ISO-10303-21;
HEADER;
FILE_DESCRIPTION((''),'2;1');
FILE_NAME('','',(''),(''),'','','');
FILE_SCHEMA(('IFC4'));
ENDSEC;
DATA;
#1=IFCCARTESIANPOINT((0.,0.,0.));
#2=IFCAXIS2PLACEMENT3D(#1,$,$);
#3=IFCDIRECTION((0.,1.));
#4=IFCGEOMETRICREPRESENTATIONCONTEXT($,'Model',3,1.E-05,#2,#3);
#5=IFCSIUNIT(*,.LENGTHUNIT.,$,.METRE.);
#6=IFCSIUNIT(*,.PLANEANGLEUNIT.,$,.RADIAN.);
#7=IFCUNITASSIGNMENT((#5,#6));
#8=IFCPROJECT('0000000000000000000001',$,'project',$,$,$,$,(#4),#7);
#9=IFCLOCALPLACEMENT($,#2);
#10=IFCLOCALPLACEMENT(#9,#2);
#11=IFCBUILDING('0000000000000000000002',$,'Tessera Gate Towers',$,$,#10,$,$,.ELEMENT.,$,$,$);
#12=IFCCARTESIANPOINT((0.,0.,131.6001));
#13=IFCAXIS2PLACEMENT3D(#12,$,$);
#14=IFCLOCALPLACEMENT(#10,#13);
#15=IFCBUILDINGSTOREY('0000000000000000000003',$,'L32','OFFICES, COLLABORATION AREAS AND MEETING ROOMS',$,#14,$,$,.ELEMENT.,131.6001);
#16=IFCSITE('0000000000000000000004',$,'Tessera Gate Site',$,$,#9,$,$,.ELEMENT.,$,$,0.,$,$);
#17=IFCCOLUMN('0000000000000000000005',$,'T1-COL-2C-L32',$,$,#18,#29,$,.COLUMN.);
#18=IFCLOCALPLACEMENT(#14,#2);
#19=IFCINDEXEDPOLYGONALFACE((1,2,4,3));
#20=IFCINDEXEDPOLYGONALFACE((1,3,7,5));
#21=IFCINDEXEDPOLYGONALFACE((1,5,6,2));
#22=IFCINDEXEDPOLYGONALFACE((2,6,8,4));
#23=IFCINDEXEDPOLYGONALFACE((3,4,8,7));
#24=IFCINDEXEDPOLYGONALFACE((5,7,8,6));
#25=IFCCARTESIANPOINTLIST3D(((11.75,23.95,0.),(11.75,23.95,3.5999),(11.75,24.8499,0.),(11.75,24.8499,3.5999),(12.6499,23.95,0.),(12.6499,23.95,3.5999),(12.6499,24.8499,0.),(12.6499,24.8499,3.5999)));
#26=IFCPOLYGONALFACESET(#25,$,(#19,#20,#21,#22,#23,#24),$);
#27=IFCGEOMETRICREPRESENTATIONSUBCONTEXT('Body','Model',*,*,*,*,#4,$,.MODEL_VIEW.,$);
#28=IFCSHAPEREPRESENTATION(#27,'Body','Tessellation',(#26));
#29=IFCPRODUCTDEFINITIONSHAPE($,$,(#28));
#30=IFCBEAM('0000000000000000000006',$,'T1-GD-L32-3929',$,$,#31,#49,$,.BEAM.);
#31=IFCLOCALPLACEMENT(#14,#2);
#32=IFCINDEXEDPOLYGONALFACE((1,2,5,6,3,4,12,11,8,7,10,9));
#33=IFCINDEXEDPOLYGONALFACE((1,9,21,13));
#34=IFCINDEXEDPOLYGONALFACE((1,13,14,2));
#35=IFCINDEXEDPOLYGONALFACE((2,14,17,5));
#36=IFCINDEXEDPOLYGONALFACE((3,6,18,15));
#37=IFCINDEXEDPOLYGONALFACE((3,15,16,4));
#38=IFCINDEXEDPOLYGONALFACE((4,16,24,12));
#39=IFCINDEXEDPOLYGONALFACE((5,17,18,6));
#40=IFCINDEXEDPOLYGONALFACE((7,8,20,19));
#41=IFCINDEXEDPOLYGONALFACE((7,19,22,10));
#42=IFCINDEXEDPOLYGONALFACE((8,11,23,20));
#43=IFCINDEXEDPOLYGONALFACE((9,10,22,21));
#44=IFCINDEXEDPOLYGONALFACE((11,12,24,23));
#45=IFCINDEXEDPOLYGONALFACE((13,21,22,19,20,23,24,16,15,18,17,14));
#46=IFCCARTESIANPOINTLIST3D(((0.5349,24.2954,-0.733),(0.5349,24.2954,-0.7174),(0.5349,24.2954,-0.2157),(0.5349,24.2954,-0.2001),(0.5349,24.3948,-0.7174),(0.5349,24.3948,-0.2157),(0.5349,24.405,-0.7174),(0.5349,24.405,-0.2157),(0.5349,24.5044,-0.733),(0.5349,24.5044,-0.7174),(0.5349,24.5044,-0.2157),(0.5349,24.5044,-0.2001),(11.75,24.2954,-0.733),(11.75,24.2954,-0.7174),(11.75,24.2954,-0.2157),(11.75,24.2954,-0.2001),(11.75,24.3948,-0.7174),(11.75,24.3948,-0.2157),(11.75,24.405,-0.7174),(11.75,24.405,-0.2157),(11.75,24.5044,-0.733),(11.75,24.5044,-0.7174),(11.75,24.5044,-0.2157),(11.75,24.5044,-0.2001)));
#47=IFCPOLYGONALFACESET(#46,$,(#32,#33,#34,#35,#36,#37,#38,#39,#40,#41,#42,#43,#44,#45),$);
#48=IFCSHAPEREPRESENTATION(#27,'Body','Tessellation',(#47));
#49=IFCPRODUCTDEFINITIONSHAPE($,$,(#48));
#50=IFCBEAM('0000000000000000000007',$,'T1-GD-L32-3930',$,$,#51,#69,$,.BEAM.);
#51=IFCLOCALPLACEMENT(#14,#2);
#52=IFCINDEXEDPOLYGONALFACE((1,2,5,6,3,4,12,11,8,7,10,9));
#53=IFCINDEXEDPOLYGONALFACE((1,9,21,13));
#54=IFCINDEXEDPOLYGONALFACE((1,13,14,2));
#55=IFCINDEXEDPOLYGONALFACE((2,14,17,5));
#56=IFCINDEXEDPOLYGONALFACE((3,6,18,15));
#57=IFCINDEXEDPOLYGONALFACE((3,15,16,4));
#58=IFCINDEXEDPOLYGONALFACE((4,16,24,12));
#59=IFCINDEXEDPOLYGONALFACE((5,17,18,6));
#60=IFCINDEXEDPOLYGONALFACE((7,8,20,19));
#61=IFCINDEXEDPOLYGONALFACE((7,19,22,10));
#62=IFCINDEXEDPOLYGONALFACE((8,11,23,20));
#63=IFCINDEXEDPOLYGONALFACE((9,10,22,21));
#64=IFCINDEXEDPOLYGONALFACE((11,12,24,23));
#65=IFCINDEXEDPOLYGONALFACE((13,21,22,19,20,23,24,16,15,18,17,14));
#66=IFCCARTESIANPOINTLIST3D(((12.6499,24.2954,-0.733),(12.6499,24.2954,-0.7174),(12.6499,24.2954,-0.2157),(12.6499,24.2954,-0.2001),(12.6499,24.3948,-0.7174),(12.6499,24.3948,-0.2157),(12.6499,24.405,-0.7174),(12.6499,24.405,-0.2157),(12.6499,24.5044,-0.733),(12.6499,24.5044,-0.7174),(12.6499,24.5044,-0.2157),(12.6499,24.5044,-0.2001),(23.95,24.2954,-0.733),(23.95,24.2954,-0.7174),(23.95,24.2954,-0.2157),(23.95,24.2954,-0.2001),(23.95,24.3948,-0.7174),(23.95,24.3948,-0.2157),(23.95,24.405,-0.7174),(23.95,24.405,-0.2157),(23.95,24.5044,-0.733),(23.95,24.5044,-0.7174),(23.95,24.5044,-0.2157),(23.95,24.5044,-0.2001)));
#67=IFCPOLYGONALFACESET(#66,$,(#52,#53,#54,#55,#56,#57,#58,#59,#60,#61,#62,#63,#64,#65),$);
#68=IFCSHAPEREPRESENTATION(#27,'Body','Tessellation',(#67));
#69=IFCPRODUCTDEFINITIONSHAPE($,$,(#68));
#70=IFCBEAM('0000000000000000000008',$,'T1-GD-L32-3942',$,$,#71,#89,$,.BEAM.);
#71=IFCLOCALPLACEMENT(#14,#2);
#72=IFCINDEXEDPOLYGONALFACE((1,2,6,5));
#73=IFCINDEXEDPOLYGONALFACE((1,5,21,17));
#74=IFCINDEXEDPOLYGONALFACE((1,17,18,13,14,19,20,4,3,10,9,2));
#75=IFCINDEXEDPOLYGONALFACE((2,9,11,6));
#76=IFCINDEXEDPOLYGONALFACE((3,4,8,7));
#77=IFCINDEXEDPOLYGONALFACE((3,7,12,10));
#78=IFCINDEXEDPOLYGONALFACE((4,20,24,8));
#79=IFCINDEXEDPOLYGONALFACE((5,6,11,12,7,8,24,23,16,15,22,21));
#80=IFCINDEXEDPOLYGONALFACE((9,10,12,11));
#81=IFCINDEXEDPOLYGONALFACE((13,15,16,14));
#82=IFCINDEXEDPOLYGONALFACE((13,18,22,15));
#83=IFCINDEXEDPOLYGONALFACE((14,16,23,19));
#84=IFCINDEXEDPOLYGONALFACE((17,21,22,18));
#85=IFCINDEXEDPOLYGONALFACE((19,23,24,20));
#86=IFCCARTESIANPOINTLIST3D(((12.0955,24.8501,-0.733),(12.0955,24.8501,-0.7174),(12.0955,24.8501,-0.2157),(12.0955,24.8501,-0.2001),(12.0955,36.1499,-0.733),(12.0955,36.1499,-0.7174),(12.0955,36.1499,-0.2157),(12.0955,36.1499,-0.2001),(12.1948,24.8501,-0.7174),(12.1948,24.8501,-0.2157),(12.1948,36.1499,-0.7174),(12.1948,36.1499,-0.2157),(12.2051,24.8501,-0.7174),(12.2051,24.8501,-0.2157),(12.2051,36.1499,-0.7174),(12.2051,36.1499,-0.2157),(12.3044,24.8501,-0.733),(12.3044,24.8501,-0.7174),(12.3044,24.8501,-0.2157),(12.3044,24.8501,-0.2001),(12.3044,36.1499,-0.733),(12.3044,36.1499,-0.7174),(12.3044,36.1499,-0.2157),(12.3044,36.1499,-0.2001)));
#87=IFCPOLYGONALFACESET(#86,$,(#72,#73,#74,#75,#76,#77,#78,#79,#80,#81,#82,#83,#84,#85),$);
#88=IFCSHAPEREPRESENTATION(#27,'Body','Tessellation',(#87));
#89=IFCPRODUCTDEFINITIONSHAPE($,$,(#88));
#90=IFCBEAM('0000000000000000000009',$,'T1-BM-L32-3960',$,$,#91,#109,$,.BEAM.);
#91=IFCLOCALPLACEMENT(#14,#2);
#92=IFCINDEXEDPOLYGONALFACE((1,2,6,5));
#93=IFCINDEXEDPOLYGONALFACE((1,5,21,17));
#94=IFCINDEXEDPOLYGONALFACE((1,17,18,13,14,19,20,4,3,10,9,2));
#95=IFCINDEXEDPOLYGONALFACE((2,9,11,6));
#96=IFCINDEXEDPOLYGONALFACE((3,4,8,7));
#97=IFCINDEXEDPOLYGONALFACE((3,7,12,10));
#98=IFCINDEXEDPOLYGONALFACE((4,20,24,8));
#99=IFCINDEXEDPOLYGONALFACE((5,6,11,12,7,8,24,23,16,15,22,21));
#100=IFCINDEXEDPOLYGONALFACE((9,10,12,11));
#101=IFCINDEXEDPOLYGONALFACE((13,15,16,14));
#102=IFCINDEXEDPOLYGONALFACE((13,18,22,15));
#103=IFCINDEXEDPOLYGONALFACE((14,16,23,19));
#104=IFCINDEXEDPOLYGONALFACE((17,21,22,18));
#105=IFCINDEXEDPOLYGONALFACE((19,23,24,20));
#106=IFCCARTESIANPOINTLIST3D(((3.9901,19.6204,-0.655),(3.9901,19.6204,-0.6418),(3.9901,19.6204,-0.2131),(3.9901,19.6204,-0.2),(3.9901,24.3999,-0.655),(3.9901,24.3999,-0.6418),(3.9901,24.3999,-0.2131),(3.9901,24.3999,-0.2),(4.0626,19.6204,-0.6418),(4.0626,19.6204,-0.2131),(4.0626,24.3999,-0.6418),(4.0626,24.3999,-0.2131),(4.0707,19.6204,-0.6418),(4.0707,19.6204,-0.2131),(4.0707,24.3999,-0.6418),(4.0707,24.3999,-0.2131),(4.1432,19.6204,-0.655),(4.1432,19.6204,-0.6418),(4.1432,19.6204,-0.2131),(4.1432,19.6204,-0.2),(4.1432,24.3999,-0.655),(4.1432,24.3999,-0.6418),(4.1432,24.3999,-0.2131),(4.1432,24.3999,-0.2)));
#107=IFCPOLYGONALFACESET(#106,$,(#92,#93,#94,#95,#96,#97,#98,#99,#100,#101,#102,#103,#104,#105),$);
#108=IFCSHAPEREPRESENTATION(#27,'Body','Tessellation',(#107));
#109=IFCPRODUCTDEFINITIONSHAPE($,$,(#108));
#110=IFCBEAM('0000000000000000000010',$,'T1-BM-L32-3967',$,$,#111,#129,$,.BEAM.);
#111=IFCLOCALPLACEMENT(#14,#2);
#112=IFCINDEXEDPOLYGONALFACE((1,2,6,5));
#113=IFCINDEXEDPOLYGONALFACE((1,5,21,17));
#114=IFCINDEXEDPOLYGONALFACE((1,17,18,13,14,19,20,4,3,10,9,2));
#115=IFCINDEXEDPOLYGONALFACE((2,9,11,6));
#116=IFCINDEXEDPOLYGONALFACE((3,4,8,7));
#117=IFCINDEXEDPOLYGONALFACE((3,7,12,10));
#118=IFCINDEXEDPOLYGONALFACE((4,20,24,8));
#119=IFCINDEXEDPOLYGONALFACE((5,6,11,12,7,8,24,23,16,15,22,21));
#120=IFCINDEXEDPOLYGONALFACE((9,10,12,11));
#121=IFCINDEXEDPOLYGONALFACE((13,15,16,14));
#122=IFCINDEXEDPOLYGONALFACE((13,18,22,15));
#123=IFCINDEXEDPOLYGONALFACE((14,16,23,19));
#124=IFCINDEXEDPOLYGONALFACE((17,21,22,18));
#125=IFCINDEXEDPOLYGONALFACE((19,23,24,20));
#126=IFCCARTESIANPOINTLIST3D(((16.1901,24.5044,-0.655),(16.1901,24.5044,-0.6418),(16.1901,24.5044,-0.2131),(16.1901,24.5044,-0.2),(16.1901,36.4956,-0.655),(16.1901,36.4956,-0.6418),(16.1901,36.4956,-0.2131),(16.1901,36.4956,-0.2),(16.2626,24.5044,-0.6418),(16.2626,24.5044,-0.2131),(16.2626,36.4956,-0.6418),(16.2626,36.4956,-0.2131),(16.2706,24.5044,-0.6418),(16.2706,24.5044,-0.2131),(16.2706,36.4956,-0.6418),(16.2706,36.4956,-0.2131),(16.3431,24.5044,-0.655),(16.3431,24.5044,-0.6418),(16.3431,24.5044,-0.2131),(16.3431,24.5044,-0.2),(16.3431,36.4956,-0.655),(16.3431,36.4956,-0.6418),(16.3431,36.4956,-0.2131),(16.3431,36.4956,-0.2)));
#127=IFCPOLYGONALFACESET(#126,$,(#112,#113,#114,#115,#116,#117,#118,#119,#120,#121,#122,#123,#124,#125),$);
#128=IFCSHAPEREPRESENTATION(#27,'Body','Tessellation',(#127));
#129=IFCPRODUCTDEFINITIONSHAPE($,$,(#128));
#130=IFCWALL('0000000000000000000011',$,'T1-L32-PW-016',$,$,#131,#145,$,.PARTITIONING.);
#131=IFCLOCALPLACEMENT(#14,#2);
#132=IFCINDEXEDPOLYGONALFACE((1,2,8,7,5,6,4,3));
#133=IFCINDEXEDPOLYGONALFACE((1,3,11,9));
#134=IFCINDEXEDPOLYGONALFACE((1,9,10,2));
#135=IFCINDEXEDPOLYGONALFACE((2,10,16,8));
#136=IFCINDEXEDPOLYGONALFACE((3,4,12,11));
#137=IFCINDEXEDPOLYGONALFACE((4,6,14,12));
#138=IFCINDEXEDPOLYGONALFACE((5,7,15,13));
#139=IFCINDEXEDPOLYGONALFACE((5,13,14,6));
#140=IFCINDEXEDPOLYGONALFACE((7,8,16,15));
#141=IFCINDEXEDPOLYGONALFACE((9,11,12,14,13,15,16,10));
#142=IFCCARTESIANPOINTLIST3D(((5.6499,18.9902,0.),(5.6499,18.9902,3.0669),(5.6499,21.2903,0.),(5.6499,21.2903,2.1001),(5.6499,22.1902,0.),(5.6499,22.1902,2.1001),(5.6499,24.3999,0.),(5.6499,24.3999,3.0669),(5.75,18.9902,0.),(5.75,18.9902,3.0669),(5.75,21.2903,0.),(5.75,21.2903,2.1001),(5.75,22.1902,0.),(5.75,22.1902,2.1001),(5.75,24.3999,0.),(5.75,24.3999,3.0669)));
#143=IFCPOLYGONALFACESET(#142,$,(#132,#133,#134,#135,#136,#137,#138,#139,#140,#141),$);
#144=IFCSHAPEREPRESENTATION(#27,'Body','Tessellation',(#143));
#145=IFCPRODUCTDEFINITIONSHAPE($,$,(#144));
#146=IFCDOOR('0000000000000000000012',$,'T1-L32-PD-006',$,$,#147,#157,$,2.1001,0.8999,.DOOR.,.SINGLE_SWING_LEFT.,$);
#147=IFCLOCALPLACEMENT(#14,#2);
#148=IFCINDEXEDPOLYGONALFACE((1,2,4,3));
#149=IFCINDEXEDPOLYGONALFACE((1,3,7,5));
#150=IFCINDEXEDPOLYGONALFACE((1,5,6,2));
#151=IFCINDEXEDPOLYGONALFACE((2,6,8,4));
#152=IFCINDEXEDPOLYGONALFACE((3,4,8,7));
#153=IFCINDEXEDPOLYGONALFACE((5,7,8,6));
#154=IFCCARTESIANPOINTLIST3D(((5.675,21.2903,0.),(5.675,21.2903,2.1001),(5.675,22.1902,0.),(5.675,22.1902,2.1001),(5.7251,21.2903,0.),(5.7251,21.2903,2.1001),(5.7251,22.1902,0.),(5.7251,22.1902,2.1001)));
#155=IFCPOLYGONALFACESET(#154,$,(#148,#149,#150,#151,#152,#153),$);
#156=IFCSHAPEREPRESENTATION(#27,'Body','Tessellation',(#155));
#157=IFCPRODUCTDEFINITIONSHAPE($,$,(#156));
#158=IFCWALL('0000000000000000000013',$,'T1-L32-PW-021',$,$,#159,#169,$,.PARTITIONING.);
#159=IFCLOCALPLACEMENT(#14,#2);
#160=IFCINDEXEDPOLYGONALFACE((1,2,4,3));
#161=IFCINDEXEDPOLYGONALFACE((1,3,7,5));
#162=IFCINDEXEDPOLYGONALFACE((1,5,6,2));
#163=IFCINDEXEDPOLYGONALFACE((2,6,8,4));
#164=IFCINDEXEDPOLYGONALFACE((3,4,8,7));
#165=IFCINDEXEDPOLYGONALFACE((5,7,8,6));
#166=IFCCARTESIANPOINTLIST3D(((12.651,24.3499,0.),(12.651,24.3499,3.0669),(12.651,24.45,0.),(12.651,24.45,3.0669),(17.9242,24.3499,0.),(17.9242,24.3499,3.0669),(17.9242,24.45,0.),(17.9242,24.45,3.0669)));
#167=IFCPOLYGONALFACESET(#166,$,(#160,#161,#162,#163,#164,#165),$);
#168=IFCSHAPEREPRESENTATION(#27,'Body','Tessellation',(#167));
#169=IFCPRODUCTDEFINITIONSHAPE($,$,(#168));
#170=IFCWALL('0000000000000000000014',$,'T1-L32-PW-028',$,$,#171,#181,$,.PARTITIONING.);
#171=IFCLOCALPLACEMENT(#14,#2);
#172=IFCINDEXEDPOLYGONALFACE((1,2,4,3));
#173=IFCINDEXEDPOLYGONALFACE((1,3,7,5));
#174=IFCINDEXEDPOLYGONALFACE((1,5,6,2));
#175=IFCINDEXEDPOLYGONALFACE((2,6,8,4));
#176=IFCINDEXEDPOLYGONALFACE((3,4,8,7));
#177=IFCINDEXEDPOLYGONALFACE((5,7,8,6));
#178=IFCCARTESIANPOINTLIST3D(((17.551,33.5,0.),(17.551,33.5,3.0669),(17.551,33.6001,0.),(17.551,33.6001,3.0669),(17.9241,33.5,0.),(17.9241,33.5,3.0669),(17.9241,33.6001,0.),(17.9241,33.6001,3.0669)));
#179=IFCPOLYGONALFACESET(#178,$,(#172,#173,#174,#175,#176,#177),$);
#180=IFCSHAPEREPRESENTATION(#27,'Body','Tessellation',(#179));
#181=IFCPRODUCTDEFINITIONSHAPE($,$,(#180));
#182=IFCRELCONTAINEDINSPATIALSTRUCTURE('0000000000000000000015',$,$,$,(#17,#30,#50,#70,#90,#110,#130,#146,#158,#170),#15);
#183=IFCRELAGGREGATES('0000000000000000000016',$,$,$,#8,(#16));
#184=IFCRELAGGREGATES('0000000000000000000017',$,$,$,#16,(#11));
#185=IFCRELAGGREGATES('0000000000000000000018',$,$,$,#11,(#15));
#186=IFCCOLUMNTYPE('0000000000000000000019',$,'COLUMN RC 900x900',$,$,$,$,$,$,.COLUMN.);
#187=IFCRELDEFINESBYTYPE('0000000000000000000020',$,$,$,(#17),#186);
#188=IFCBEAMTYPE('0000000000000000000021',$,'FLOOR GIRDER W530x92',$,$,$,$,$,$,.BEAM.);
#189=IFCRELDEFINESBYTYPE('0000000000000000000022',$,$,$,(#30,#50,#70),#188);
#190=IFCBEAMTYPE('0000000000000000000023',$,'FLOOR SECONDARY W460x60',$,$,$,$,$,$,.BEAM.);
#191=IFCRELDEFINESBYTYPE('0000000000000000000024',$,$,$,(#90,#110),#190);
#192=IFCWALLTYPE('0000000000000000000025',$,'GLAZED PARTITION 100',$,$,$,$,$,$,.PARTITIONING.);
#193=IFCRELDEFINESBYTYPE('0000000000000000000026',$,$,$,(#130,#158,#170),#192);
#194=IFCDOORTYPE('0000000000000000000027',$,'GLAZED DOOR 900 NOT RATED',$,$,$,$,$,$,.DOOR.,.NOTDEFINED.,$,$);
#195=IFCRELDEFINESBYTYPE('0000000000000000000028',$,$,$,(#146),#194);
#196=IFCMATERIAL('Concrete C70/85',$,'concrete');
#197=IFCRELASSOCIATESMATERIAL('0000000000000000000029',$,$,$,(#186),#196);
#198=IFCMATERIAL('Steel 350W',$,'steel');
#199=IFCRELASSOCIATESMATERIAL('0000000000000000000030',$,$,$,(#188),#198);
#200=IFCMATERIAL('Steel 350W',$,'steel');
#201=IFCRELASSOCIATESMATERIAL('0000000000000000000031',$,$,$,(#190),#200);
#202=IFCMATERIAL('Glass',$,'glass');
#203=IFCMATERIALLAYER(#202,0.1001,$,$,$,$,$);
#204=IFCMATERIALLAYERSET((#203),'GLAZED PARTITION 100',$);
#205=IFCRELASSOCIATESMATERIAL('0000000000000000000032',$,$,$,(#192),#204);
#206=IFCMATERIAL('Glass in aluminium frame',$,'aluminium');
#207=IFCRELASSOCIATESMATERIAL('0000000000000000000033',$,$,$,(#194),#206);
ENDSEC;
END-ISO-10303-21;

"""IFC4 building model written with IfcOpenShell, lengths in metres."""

from ifc_helpers import new_model, si_unit, direction, frame, frame_2d, origin, origin_2d, place, context, subcontext, project, spatial, rectangle, i_section, extrude, source, transform, mapped, material, layer, layer_set, material_profile, profile_set, type_object, element, fill, save


model = new_model("IFC4")

# Units and contexts
model_context = context("Model", 3, precision=1e-05, world=origin(), true_north=direction((0.0, 1.0)))
body_context = subcontext(model_context, "Body", "Model", "MODEL_VIEW")
ifc_project = project(units=[si_unit("LENGTHUNIT", "METRE"), si_unit("PLANEANGLEUNIT", "RADIAN")], contexts=[model_context])

# Site, building, storey
site_placement = place(None, origin())
site = spatial("IfcSite", under=ifc_project, at=site_placement, Name="Tessera Gate Site", CompositionType="ELEMENT", RefElevation=0.0)
building_placement = place(site_placement, origin())
building = spatial("IfcBuilding", under=site, at=building_placement, Name="Tessera Gate Towers", CompositionType="ELEMENT")
storey_placement = place(building_placement, frame((0.0, 0.0, 131.6001)))
storey = spatial("IfcBuildingStorey", under=building, at=storey_placement, Name="L32", Description="OFFICES, COLLABORATION AREAS AND MEETING ROOMS", CompositionType="ELEMENT", Elevation=131.6001)

# Column
ifc_material_1 = material(Name="Concrete C70/85", Category="concrete")
ifc_material_profile_1 = material_profile(ifc_material_1, rectangle(XDim=0.8999, YDim=0.8999, at=origin_2d()), Name="RC 900x900")
ifc_profile_set_1 = profile_set([ifc_material_profile_1], Name="Concrete C70/85")
column_type = type_object("IfcColumnType", Name="COLUMN RC 900x900", PredefinedType="COLUMN", material=ifc_profile_set_1)
column_placement = place(storey_placement, frame((12.2, 24.3999, 0.0), z_axis=(0.0, 0.0, 1.0), x_axis=(1.0, 0.0, 0.0)))
element("IfcColumn", 1, at=column_placement, inside=storey, type_object=column_type, Name="T1-COL-2C-L32", PredefinedType="COLUMN", context=body_context, shape_type="SweptSolid", body=[
    extrude(rectangle(XDim=0.8999, YDim=0.8999, at=origin_2d()), origin(), (0.0, 0.0, 1.0), 3.5999),
])

# Beams
ifc_material_2 = material(Name="Steel 350W", Category="steel")
ifc_material_profile_2 = material_profile(ifc_material_2, i_section(OverallWidth=0.209, OverallDepth=0.533, WebThickness=0.0103, FlangeThickness=0.0156, at=origin_2d()), Name="W530x92")
ifc_profile_set_2 = profile_set([ifc_material_profile_2], Name="Steel 350W")
beam_type_1 = type_object("IfcBeamType", Name="FLOOR GIRDER W530x92", PredefinedType="BEAM", material=ifc_profile_set_2)
beam_1_placement = place(storey_placement, frame((0.5349, 24.3999, -0.4666), z_axis=(1.0, 0.0, 0.0), x_axis=(0.0, 1.0, 0.0)))
element("IfcBeam", 2, at=beam_1_placement, inside=storey, type_object=beam_type_1, Name="T1-GD-L32-3929", PredefinedType="BEAM", context=body_context, shape_type="SweptSolid", body=[
    extrude(i_section(OverallWidth=0.209, OverallDepth=0.533, WebThickness=0.0103, FlangeThickness=0.0156, at=origin_2d()), origin(), (0.0, 0.0, 1.0), 11.2151),
])
beam_2_placement = place(storey_placement, frame((12.6499, 24.3999, -0.4666), z_axis=(1.0, 0.0, 0.0), x_axis=(0.0, 1.0, 0.0)))
element("IfcBeam", 3, at=beam_2_placement, inside=storey, type_object=beam_type_1, Name="T1-GD-L32-3930", PredefinedType="BEAM", context=body_context, shape_type="SweptSolid", body=[
    extrude(i_section(OverallWidth=0.209, OverallDepth=0.533, WebThickness=0.0103, FlangeThickness=0.0156, at=origin_2d()), origin(), (0.0, 0.0, 1.0), 11.3),
])
beam_3_placement = place(storey_placement, frame((12.2, 24.8501, -0.4666), z_axis=(0.0, 1.0, 0.0), x_axis=(-1.0, 0.0, 0.0)))
element("IfcBeam", 4, at=beam_3_placement, inside=storey, type_object=beam_type_1, Name="T1-GD-L32-3942", PredefinedType="BEAM", context=body_context, shape_type="SweptSolid", body=[
    extrude(i_section(OverallWidth=0.209, OverallDepth=0.533, WebThickness=0.0103, FlangeThickness=0.0156, at=origin_2d()), origin(), (0.0, 0.0, 1.0), 11.2998),
])
ifc_material_3 = material(Name="Steel 350W", Category="steel")
ifc_material_profile_3 = material_profile(ifc_material_3, i_section(OverallWidth=0.1531, OverallDepth=0.4551, WebThickness=0.0081, FlangeThickness=0.0132, at=origin_2d()), Name="W460x60")
ifc_profile_set_3 = profile_set([ifc_material_profile_3], Name="Steel 350W")
beam_type_2 = type_object("IfcBeamType", Name="FLOOR SECONDARY W460x60", PredefinedType="BEAM", material=ifc_profile_set_3)
beam_4_placement = place(storey_placement, frame((4.0667, 19.6204, -0.4275), z_axis=(0.0, 1.0, 0.0), x_axis=(-1.0, 0.0, 0.0)))
element("IfcBeam", 5, at=beam_4_placement, inside=storey, type_object=beam_type_2, Name="T1-BM-L32-3960", PredefinedType="BEAM", context=body_context, shape_type="SweptSolid", body=[
    extrude(i_section(OverallWidth=0.1531, OverallDepth=0.4551, WebThickness=0.0081, FlangeThickness=0.0132, at=origin_2d()), origin(), (0.0, 0.0, 1.0), 4.7795),
])
beam_5_placement = place(storey_placement, frame((16.2666, 24.5044, -0.4275), z_axis=(0.0, 1.0, 0.0), x_axis=(-1.0, 0.0, 0.0)))
element("IfcBeam", 6, at=beam_5_placement, inside=storey, type_object=beam_type_2, Name="T1-BM-L32-3967", PredefinedType="BEAM", context=body_context, shape_type="SweptSolid", body=[
    extrude(i_section(OverallWidth=0.1531, OverallDepth=0.4551, WebThickness=0.0081, FlangeThickness=0.0132, at=origin_2d()), origin(), (0.0, 0.0, 1.0), 11.9912),
])

# Wall, opening, door
ifc_material_4 = material(Name="Glass", Category="glass")
ifc_layer_1 = layer(ifc_material_4, 0.1001)
ifc_layer_set_1 = layer_set([ifc_layer_1], Name="GLAZED PARTITION 100")
wall_type_1 = type_object("IfcWallType", Name="GLAZED PARTITION 100", PredefinedType="PARTITIONING", material=ifc_layer_set_1)
wall_1_placement = place(storey_placement, frame((5.7, 18.9902, 0.0), z_axis=(0.0, 0.0, 1.0), x_axis=(0.0, 1.0, 0.0)))
wall_1 = element("IfcWall", 7, at=wall_1_placement, inside=storey, type_object=wall_type_1, Name="T1-L32-PW-016", PredefinedType="PARTITIONING", context=body_context, shape_type="SweptSolid", body=[
    extrude(rectangle(XDim=5.4097, YDim=0.1001, at=frame_2d((2.7048, 0.0))), origin(), (0.0, 0.0, 1.0), 3.0669),
])
shared_shape_1 = source(origin(), body_context, "Body", "SweptSolid", [
    extrude(rectangle(XDim=0.8999, YDim=2.1001, at=frame_2d((0.45, 1.05))), frame((0.0, 0.0601, 0.0), z_axis=(0.0, -1.0, 0.0), x_axis=(1.0, 0.0, 0.0)), (0.0, 0.0, 1.0), 0.1201),
])
opening_1_placement = place(wall_1_placement, frame((2.3, 0.0, 0.0)))
opening_1 = element("IfcOpeningElement", 8, at=opening_1_placement, cuts=wall_1, PredefinedType="OPENING", context=body_context, shape_type="MappedRepresentation", body=[
    mapped(shared_shape_1, transform((0.0, 0.0, 0.0), scale=1.0)),
])
ifc_material_5 = material(Name="Glass in aluminium frame", Category="aluminium")
door_type = type_object("IfcDoorType", Name="GLAZED DOOR 900 NOT RATED", OperationType="NOTDEFINED", PredefinedType="DOOR", material=ifc_material_5)
shared_shape_2 = source(origin(), body_context, "Body", "SweptSolid", [
    extrude(rectangle(XDim=0.8999, YDim=2.1001, at=frame_2d((0.45, 1.05))), frame((0.0, 0.0249, 0.0), z_axis=(0.0, -1.0, 0.0), x_axis=(1.0, 0.0, 0.0)), (0.0, 0.0, 1.0), 0.05),
])
door_1_placement = place(opening_1_placement, origin())
door_1 = element("IfcDoor", 9, at=door_1_placement, inside=storey, type_object=door_type, Name="T1-L32-PD-006", OperationType="SINGLE_SWING_LEFT", OverallHeight=2.1001, OverallWidth=0.8999, PredefinedType="DOOR", context=body_context, shape_type="MappedRepresentation", body=[
    mapped(shared_shape_2, transform((0.0, 0.0, 0.0), scale=1.0)),
])
fill(opening_1, door_1)

# Walls
wall_2_placement = place(storey_placement, frame((12.6509, 24.3999, 0.0), z_axis=(0.0, 0.0, 1.0), x_axis=(1.0, 0.0, 0.0)))
element("IfcWall", 10, at=wall_2_placement, inside=storey, type_object=wall_type_1, Name="T1-L32-PW-021", PredefinedType="PARTITIONING", context=body_context, shape_type="SweptSolid", body=[
    extrude(rectangle(XDim=5.2732, YDim=0.1001, at=frame_2d((2.6367, 0.0))), origin(), (0.0, 0.0, 1.0), 3.0669),
])
wall_3_placement = place(storey_placement, frame((17.551, 33.55, 0.0), z_axis=(0.0, 0.0, 1.0), x_axis=(1.0, 0.0, 0.0)))
element("IfcWall", 11, at=wall_3_placement, inside=storey, type_object=wall_type_1, Name="T1-L32-PW-028", PredefinedType="PARTITIONING", context=body_context, shape_type="SweptSolid", body=[
    extrude(rectangle(XDim=0.373, YDim=0.1001, at=frame_2d((0.1865, 0.0))), origin(), (0.0, 0.0, 1.0), 3.0669),
])

save(model, "model.ifc")
